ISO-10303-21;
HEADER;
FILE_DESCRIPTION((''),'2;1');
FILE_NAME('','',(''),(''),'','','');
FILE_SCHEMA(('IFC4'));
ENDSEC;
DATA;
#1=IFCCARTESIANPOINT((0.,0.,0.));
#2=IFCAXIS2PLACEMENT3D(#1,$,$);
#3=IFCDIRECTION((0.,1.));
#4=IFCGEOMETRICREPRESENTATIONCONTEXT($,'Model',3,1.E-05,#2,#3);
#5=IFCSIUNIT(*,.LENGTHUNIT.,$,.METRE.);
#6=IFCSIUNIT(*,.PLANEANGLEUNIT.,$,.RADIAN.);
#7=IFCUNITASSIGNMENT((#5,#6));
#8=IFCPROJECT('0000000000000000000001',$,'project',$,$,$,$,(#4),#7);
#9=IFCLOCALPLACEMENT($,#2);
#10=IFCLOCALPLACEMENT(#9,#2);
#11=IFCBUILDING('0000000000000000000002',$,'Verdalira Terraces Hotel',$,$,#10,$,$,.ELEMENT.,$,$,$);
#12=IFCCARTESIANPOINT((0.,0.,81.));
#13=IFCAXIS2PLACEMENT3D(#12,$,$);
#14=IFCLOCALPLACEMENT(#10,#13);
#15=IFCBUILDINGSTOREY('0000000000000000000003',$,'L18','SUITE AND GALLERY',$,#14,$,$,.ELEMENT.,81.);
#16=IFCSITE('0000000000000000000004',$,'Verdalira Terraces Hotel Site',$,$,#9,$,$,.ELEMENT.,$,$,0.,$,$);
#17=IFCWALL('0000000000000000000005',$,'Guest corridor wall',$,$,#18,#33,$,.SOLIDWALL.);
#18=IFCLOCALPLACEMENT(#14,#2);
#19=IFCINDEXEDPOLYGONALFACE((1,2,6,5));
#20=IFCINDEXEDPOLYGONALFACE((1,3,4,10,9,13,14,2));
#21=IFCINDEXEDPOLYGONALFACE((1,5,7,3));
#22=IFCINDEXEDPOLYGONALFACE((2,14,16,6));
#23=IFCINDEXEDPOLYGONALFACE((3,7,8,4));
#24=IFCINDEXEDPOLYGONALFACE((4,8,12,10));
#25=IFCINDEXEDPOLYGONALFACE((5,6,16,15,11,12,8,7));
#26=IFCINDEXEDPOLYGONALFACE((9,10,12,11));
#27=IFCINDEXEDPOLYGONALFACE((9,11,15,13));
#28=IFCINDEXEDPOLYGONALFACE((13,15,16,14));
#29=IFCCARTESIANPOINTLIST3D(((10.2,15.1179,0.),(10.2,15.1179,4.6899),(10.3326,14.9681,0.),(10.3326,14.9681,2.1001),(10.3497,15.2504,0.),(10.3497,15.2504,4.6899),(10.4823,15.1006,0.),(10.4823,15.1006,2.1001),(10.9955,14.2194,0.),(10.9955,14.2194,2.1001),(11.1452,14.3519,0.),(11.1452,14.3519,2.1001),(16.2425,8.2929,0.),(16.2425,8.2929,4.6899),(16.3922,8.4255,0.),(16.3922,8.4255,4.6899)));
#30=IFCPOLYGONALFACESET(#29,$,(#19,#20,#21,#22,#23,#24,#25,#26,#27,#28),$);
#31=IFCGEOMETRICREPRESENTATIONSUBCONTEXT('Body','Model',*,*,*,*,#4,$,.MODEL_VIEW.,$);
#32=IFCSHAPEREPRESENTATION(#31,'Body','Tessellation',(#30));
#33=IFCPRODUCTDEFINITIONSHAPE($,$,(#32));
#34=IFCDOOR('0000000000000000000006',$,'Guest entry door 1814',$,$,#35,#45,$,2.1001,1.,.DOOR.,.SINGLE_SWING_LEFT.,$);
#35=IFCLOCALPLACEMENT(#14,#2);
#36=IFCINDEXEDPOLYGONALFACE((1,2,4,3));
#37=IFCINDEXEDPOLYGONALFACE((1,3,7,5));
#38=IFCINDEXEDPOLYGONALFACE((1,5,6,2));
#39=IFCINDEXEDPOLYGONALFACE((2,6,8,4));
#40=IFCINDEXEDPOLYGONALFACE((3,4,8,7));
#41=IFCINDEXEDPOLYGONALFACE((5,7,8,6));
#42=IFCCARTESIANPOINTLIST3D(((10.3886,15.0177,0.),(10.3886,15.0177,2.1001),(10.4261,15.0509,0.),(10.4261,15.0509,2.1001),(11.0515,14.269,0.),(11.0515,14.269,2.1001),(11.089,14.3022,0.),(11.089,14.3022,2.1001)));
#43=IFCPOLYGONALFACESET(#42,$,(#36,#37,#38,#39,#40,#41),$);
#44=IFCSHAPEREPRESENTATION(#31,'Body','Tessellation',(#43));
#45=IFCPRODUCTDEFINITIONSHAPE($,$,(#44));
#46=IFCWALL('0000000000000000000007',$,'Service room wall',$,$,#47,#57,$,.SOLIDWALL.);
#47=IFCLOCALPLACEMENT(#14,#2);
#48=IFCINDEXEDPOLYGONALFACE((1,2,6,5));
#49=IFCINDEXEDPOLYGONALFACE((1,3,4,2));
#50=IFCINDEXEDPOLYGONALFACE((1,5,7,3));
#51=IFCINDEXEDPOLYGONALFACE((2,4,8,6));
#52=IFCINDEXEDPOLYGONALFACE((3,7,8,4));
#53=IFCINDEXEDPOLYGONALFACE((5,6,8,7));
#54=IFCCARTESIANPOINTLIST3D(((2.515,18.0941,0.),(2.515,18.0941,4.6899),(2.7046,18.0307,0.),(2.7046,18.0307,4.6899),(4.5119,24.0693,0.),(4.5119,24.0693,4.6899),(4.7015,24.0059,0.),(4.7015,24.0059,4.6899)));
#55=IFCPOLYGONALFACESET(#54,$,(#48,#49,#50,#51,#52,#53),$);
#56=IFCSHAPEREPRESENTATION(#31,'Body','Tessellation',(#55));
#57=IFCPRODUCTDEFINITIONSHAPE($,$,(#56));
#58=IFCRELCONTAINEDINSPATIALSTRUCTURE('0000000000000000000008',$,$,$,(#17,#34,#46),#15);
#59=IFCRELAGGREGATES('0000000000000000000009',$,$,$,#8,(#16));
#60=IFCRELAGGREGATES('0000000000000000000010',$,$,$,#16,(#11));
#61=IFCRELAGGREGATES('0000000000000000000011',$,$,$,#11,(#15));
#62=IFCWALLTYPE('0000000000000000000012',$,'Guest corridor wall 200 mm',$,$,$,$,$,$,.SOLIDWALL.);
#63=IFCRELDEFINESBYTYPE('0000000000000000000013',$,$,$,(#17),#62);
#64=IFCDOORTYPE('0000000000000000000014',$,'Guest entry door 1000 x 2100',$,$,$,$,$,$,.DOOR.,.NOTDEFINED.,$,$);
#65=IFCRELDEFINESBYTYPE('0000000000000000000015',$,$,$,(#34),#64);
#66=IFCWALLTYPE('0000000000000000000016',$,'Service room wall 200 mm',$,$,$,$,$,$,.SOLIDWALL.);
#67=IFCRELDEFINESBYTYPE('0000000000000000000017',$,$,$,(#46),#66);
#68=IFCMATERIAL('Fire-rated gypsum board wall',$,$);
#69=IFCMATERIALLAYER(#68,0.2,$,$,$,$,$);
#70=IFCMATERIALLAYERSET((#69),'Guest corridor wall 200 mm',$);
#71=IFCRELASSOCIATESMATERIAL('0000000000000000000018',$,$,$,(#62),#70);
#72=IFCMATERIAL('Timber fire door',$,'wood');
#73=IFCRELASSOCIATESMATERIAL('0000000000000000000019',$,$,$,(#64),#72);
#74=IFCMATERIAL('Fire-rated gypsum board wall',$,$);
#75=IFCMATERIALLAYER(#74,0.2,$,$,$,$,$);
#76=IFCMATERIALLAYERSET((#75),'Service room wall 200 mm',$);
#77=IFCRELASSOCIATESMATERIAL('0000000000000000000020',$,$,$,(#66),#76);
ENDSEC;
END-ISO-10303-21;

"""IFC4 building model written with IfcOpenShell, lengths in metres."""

from ifc_helpers import new_model, si_unit, direction, frame, frame_2d, origin, place, context, subcontext, project, spatial, rectangle, extrude, material, layer, layer_set, type_object, element, fill, save


model = new_model("IFC4")

# Units and contexts
model_context = context("Model", 3, precision=1e-05, world=origin(), true_north=direction((0.0, 1.0)))
body_context = subcontext(model_context, "Body", "Model", "MODEL_VIEW")
ifc_project = project(units=[si_unit("LENGTHUNIT", "METRE"), si_unit("PLANEANGLEUNIT", "RADIAN")], contexts=[model_context])

# Site, building, storey
site_placement = place(None, origin())
site = spatial("IfcSite", under=ifc_project, at=site_placement, Name="Verdalira Terraces Hotel Site", CompositionType="ELEMENT", RefElevation=0.0)
building_placement = place(site_placement, origin())
building = spatial("IfcBuilding", under=site, at=building_placement, Name="Verdalira Terraces Hotel", CompositionType="ELEMENT")
storey_placement = place(building_placement, frame((0.0, 0.0, 81.0)))
storey = spatial("IfcBuildingStorey", under=building, at=storey_placement, Name="L18", Description="SUITE AND GALLERY", CompositionType="ELEMENT", Elevation=81.0)

# Shared definitions
ifc_material_1 = material(Name="Fire-rated gypsum board wall")
ifc_layer_1 = layer(ifc_material_1, 0.2)
ifc_layer_set_1 = layer_set([ifc_layer_1], Name="Guest corridor wall 200 mm")
wall_type_1 = type_object("IfcWallType", Name="Guest corridor wall 200 mm", PredefinedType="SOLIDWALL", material=ifc_layer_set_1)

# Wall, opening, door
wall_1_placement = place(storey_placement, frame((10.2749, 15.1841, 0.0), z_axis=(0.0, 0.0, 1.0), x_axis=(0.662883, -0.748723, 0.0)))
wall_1 = element("IfcWall", 1, at=wall_1_placement, inside=storey, type_object=wall_type_1, Name="Guest corridor wall", PredefinedType="SOLIDWALL", context=body_context, shape_type="SweptSolid", body=[
    extrude(rectangle(XDim=9.1155, YDim=0.2, at=frame_2d((4.5576, 0.0))), origin(), (0.0, 0.0, 1.0), 4.6899),
])
opening_1_placement = place(wall_1_placement, frame((0.2, 0.0, 0.0)))
opening_1 = element("IfcOpeningElement", 2, at=opening_1_placement, cuts=wall_1, PredefinedType="OPENING", context=body_context, shape_type="SweptSolid", body=[
    extrude(rectangle(XDim=1.0, YDim=2.1001, at=frame_2d((0.5, 1.05))), frame((0.0, 0.1099, 0.0), z_axis=(0.0, -1.0, 0.0), x_axis=(1.0, 0.0, 0.0)), (0.0, 0.0, 1.0), 0.22),
])
ifc_material_2 = material(Name="Timber fire door", Category="wood")
door_type_1 = type_object("IfcDoorType", Name="Guest entry door 1000 x 2100", OperationType="NOTDEFINED", PredefinedType="DOOR", material=ifc_material_2)
door_1_placement = place(opening_1_placement, origin())
door_1 = element("IfcDoor", 3, at=door_1_placement, inside=storey, type_object=door_type_1, Name="Guest entry door 1814", OperationType="SINGLE_SWING_LEFT", OverallHeight=2.1001, OverallWidth=1.0, PredefinedType="DOOR", context=body_context, shape_type="SweptSolid", body=[
    extrude(rectangle(XDim=1.0, YDim=2.1001, at=frame_2d((0.5, 1.05))), frame((0.0, 0.0249, 0.0), z_axis=(0.0, -1.0, 0.0), x_axis=(1.0, 0.0, 0.0)), (0.0, 0.0, 1.0), 0.05),
])
fill(opening_1, door_1)

# Wall
ifc_material_3 = material(Name="Fire-rated gypsum board wall")
ifc_layer_2 = layer(ifc_material_3, 0.2)
ifc_layer_set_2 = layer_set([ifc_layer_2], Name="Service room wall 200 mm")
wall_type_2 = type_object("IfcWallType", Name="Service room wall 200 mm", PredefinedType="SOLIDWALL", material=ifc_layer_set_2)
wall_2_placement = place(storey_placement, frame((2.6099, 18.0625, 0.0), z_axis=(0.0, 0.0, 1.0), x_axis=(0.31696, 0.948439, 0.0)))
element("IfcWall", 4, at=wall_2_placement, inside=storey, type_object=wall_type_2, Name="Service room wall", PredefinedType="SOLIDWALL", context=body_context, shape_type="SweptSolid", body=[
    extrude(rectangle(XDim=6.3, YDim=0.2, at=frame_2d((3.1499, 0.0))), origin(), (0.0, 0.0, 1.0), 4.6899),
])

save(model, "model.ifc")
